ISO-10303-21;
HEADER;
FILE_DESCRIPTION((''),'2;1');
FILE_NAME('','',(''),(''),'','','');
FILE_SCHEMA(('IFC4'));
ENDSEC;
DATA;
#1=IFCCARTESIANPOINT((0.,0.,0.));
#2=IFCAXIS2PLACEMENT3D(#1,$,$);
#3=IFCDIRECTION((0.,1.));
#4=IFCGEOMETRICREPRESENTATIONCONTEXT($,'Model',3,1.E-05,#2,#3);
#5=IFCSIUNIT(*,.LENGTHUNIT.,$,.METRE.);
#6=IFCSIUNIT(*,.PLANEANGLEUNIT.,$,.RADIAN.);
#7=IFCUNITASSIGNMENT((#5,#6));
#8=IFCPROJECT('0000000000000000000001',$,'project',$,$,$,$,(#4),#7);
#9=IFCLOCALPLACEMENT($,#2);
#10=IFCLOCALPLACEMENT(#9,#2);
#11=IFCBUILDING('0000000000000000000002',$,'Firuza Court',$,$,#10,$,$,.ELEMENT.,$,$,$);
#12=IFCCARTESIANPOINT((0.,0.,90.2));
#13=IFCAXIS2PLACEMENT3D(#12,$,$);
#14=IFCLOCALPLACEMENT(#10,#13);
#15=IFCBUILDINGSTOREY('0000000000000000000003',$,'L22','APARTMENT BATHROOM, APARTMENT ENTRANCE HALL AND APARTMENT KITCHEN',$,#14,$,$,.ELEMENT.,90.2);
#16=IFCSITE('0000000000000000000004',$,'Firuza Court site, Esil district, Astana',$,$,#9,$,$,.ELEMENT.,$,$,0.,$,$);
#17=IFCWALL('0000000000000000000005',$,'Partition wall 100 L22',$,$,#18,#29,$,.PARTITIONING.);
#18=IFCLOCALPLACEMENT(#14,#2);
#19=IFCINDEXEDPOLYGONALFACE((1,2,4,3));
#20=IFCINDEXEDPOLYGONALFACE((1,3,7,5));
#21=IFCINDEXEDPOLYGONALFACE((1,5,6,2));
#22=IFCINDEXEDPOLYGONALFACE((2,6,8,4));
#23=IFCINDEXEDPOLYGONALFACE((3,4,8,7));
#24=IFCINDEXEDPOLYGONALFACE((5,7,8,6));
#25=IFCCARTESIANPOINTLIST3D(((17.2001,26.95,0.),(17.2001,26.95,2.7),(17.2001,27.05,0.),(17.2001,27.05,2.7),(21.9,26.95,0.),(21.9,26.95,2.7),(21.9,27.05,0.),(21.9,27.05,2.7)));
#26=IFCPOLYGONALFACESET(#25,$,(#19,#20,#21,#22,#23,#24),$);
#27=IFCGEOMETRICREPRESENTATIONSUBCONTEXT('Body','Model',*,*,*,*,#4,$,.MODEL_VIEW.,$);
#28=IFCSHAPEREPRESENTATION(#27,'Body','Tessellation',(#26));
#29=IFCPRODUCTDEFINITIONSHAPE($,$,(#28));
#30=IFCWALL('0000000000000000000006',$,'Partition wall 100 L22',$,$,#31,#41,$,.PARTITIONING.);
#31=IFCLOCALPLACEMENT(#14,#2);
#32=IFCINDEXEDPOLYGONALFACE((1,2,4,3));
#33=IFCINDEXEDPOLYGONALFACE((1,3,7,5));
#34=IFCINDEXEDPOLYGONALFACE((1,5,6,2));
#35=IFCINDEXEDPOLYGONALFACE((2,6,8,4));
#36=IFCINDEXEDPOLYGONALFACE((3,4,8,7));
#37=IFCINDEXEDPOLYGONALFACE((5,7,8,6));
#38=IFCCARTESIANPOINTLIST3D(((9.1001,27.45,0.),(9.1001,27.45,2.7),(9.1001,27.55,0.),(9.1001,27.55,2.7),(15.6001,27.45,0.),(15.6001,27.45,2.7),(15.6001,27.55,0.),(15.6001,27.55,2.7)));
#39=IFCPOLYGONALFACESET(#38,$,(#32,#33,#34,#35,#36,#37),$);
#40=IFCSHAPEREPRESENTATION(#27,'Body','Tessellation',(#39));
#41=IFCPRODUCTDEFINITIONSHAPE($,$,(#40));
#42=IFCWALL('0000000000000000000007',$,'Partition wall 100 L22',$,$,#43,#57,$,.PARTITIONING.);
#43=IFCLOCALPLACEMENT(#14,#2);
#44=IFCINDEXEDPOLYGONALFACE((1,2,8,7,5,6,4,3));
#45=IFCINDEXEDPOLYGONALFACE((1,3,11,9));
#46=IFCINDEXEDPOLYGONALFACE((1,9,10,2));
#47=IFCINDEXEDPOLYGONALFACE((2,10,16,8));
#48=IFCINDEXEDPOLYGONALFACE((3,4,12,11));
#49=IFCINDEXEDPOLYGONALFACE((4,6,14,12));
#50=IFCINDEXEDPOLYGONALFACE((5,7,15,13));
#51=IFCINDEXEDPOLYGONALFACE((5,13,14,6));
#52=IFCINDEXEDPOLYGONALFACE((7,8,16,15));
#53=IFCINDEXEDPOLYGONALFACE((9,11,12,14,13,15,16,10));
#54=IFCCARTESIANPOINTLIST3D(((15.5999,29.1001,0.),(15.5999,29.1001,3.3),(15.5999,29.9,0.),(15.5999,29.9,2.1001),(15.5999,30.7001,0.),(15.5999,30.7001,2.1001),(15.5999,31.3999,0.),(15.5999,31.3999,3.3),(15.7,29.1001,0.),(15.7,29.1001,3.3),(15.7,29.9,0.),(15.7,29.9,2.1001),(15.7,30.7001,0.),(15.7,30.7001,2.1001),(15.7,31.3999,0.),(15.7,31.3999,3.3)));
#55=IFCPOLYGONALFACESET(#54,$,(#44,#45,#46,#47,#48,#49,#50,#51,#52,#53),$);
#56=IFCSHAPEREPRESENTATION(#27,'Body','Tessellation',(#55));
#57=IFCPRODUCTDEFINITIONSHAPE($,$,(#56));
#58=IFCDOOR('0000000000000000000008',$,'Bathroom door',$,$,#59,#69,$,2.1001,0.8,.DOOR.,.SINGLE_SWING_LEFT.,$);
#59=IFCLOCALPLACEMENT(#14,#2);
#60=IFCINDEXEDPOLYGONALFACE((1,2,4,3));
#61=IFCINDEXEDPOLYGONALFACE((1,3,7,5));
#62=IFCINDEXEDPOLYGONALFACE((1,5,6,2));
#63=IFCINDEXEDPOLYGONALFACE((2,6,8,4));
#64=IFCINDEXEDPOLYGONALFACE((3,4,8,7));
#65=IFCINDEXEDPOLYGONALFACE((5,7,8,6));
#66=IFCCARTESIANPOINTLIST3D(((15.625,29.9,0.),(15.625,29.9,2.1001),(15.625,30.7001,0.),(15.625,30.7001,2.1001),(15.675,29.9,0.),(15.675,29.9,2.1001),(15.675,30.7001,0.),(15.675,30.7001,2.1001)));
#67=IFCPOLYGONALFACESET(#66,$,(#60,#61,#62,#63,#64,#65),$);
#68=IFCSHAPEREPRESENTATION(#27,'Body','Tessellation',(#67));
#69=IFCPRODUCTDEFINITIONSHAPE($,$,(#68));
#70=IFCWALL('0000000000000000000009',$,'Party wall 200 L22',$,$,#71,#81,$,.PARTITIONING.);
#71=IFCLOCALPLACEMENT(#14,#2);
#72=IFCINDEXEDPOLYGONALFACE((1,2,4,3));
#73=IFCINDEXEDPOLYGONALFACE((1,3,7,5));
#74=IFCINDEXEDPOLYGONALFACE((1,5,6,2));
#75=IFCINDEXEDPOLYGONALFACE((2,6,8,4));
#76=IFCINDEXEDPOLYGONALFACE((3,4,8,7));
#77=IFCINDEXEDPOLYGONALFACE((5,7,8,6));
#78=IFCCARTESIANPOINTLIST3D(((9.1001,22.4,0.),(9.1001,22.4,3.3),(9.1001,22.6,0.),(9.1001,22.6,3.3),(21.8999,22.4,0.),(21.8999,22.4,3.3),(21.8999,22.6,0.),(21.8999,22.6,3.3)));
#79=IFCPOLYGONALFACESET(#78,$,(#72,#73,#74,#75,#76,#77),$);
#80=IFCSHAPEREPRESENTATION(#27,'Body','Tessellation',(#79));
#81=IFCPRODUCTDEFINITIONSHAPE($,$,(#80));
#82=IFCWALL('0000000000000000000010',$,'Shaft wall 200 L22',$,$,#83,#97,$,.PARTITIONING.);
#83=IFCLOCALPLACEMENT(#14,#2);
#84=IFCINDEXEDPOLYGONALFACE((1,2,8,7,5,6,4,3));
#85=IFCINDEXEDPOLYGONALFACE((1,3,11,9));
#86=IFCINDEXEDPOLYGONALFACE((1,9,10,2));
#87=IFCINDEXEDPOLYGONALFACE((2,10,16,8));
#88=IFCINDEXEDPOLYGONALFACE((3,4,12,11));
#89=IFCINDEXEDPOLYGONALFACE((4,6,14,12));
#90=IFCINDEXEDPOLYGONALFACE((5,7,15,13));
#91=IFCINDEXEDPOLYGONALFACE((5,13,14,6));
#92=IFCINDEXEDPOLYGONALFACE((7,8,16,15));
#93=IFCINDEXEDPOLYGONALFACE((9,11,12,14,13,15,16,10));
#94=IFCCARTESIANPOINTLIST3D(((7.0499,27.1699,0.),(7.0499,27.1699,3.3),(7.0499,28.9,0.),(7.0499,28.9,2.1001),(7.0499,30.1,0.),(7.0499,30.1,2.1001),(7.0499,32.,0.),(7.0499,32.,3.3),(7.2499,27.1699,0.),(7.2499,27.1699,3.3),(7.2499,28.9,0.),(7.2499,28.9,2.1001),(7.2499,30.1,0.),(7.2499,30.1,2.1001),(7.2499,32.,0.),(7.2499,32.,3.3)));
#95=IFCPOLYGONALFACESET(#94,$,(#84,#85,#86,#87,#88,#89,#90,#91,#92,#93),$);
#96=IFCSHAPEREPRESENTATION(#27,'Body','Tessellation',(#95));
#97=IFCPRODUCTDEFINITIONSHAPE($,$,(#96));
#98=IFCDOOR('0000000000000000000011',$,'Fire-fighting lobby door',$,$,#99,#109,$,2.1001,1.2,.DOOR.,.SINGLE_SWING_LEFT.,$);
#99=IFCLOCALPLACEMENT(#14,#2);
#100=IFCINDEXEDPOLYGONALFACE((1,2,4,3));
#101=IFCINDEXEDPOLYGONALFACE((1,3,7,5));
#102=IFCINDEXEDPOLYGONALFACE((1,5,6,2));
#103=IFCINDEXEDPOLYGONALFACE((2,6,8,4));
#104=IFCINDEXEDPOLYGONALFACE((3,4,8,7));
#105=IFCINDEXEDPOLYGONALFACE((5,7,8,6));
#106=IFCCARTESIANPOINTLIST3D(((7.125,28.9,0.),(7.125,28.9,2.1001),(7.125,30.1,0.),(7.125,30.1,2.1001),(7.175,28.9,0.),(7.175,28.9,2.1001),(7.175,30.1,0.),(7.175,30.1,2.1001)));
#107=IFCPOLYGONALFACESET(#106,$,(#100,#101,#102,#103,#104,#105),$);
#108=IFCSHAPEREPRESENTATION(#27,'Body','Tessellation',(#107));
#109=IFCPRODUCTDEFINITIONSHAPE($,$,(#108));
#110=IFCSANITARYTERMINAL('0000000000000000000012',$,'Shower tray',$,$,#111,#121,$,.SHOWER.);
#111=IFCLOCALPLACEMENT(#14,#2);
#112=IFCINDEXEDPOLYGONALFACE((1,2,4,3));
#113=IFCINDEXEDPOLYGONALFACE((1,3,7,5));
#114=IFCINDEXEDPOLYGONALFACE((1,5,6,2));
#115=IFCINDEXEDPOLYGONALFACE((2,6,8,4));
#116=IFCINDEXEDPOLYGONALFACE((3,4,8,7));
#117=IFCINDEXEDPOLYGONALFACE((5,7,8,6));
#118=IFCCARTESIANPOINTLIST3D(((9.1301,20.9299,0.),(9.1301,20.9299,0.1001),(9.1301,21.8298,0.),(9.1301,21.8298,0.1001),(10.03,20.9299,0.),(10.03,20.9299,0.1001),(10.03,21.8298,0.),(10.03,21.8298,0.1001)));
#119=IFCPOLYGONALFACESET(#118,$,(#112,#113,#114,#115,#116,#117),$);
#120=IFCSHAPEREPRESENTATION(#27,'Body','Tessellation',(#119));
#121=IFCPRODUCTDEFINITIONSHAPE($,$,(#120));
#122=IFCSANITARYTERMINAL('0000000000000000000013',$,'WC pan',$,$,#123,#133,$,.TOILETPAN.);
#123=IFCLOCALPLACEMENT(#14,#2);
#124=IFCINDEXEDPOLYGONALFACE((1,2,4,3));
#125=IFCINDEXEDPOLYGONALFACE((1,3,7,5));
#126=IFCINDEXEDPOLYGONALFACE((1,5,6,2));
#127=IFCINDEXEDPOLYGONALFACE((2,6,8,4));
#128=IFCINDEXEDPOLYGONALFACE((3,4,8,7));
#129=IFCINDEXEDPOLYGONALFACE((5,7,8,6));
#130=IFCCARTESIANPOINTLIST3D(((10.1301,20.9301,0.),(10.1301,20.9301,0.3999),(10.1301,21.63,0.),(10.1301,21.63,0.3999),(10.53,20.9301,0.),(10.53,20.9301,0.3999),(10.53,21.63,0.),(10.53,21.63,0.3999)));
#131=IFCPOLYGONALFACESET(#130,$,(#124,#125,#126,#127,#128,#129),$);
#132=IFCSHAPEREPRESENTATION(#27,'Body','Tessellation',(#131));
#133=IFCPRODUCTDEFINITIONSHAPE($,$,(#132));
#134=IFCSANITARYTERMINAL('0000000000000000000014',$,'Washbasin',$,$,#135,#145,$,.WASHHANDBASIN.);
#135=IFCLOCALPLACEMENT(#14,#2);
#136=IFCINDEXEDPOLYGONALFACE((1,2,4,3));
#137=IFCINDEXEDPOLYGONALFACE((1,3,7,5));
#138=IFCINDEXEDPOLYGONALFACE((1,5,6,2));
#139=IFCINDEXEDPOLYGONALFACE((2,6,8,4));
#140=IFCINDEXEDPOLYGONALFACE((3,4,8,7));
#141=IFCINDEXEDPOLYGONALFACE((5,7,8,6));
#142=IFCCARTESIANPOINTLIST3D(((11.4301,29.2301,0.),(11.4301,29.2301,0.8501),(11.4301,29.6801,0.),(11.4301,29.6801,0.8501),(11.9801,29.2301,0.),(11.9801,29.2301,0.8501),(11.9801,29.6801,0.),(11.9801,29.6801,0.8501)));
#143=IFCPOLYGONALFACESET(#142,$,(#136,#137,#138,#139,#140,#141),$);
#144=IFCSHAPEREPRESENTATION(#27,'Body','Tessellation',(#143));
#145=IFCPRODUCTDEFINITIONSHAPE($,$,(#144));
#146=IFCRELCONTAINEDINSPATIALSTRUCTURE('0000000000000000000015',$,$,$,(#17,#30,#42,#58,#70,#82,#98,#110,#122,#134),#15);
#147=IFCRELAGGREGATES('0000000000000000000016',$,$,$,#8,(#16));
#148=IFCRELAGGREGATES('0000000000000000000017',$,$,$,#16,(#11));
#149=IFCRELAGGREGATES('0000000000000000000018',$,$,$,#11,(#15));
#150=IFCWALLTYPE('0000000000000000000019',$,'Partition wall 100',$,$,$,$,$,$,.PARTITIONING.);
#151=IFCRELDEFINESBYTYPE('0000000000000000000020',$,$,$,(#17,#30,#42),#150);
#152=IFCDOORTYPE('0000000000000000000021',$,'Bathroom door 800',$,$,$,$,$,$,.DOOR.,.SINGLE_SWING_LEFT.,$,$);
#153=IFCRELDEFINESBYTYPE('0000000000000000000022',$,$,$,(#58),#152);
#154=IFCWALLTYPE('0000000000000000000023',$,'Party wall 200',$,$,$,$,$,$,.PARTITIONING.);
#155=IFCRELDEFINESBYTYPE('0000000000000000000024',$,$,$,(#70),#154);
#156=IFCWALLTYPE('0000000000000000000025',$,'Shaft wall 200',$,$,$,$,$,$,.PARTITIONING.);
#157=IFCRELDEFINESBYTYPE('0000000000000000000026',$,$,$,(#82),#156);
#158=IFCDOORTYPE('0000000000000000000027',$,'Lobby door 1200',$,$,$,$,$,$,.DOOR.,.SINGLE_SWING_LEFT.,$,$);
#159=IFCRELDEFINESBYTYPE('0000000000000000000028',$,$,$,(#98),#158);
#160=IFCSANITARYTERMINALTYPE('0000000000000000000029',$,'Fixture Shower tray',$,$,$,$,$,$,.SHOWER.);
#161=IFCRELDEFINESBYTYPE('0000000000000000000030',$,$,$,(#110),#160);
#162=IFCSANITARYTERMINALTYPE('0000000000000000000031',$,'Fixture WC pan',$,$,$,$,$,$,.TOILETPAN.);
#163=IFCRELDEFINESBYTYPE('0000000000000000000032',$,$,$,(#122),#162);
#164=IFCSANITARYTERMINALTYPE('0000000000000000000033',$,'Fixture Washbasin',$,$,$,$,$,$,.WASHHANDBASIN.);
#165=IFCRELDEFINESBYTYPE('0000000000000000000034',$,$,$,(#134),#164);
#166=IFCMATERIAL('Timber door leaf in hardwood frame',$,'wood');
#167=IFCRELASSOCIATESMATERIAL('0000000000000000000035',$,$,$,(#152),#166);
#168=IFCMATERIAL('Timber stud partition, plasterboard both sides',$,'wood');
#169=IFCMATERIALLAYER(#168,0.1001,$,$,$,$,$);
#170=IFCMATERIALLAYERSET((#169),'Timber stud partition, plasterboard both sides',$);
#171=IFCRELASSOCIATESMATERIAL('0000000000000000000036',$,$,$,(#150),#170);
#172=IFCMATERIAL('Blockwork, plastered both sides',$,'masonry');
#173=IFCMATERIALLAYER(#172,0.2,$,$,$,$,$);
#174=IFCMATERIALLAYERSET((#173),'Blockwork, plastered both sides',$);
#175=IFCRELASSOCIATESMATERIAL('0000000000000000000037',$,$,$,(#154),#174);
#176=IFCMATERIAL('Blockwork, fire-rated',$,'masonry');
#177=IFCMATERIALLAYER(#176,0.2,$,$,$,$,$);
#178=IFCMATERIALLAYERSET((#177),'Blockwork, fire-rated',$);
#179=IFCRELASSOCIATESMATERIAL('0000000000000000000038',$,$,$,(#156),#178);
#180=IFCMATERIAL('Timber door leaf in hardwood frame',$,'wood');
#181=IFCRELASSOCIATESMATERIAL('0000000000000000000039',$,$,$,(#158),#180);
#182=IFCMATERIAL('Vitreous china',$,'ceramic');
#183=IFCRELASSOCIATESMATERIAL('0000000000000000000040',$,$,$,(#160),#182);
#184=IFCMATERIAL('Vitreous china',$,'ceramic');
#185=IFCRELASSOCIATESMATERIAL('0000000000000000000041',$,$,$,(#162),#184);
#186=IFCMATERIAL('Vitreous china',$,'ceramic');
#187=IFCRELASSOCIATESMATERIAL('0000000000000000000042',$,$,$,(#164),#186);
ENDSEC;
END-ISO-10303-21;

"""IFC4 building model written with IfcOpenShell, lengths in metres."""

from ifc_helpers import new_model, si_unit, direction, frame, frame_2d, origin, origin_2d, place, context, subcontext, project, spatial, rectangle, extrude, material, layer, layer_set, type_object, element, fill, save


model = new_model("IFC4")

# Units and contexts
model_context = context("Model", 3, precision=1e-05, world=origin(), true_north=direction((0.0, 1.0)))
body_context = subcontext(model_context, "Body", "Model", "MODEL_VIEW")
ifc_project = project(units=[si_unit("LENGTHUNIT", "METRE"), si_unit("PLANEANGLEUNIT", "RADIAN")], contexts=[model_context])

# Site, building, storey
site_placement = place(None, origin())
site = spatial("IfcSite", under=ifc_project, at=site_placement, Name="Firuza Court site, Esil district, Astana", CompositionType="ELEMENT", RefElevation=0.0)
building_placement = place(site_placement, origin())
building = spatial("IfcBuilding", under=site, at=building_placement, Name="Firuza Court", CompositionType="ELEMENT")
storey_placement = place(building_placement, frame((0.0, 0.0, 90.2)))
storey = spatial("IfcBuildingStorey", under=building, at=storey_placement, Name="L22", Description="APARTMENT BATHROOM, APARTMENT ENTRANCE HALL AND APARTMENT KITCHEN", CompositionType="ELEMENT", Elevation=90.2)

# Shared definitions
ifc_material_1 = material(Name="Timber door leaf in hardwood frame", Category="wood")
door_type_1 = type_object("IfcDoorType", Name="Bathroom door 800", OperationType="SINGLE_SWING_LEFT", PredefinedType="DOOR", material=ifc_material_1)
ifc_material_2 = material(Name="Timber stud partition, plasterboard both sides", Category="wood")
ifc_layer_1 = layer(ifc_material_2, 0.1001)
ifc_layer_set_1 = layer_set([ifc_layer_1], Name="Timber stud partition, plasterboard both sides")
wall_type_1 = type_object("IfcWallType", Name="Partition wall 100", PredefinedType="PARTITIONING", material=ifc_layer_set_1)

# Walls
wall_1_placement = place(storey_placement, frame((17.2, 27.0, 0.0), z_axis=(0.0, 0.0, 1.0), x_axis=(1.0, 0.0, 0.0)))
element("IfcWall", 1, at=wall_1_placement, inside=storey, type_object=wall_type_1, Name="Partition wall 100 L22", PredefinedType="PARTITIONING", context=body_context, shape_type="SweptSolid", body=[
    extrude(rectangle(XDim=4.7, YDim=0.1001, at=frame_2d((2.3501, 0.0))), origin(), (0.0, 0.0, 1.0), 2.7),
])
wall_2_placement = place(storey_placement, frame((9.1001, 27.5, 0.0), z_axis=(0.0, 0.0, 1.0), x_axis=(1.0, 0.0, 0.0)))
element("IfcWall", 2, at=wall_2_placement, inside=storey, type_object=wall_type_1, Name="Partition wall 100 L22", PredefinedType="PARTITIONING", context=body_context, shape_type="SweptSolid", body=[
    extrude(rectangle(XDim=6.5, YDim=0.1001, at=frame_2d((3.25, 0.0))), origin(), (0.0, 0.0, 1.0), 2.7),
])

# Wall, opening, door
wall_3_placement = place(storey_placement, frame((15.6499, 29.1001, 0.0), z_axis=(0.0, 0.0, 1.0), x_axis=(0.0, 1.0, 0.0)))
wall_3 = element("IfcWall", 3, at=wall_3_placement, inside=storey, type_object=wall_type_1, Name="Partition wall 100 L22", PredefinedType="PARTITIONING", context=body_context, shape_type="SweptSolid", body=[
    extrude(rectangle(XDim=2.2998, YDim=0.1001, at=frame_2d((1.1499, 0.0))), origin(), (0.0, 0.0, 1.0), 3.3),
])
opening_1_placement = place(wall_3_placement, frame((0.8, 0.0, 0.0)))
opening_1 = element("IfcOpeningElement", 4, at=opening_1_placement, cuts=wall_3, PredefinedType="OPENING", context=body_context, shape_type="SweptSolid", body=[
    extrude(rectangle(XDim=0.8, YDim=2.1001, at=frame_2d((0.3999, 1.05))), frame((0.0, 0.062, 0.0), z_axis=(0.0, -1.0, 0.0), x_axis=(1.0, 0.0, 0.0)), (0.0, 0.0, 1.0), 0.124),
])
door_1_placement = place(opening_1_placement, origin())
door_1 = element("IfcDoor", 5, at=door_1_placement, inside=storey, type_object=door_type_1, Name="Bathroom door", OperationType="SINGLE_SWING_LEFT", OverallHeight=2.1001, OverallWidth=0.8, PredefinedType="DOOR", context=body_context, shape_type="SweptSolid", body=[
    extrude(rectangle(XDim=0.8, YDim=2.1001, at=frame_2d((0.3999, 1.05))), frame((0.0, 0.0249, 0.0), z_axis=(0.0, -1.0, 0.0), x_axis=(1.0, 0.0, 0.0)), (0.0, 0.0, 1.0), 0.05),
])
fill(opening_1, door_1)

# Wall
ifc_material_3 = material(Name="Blockwork, plastered both sides", Category="masonry")
ifc_layer_2 = layer(ifc_material_3, 0.2)
ifc_layer_set_2 = layer_set([ifc_layer_2], Name="Blockwork, plastered both sides")
wall_type_2 = type_object("IfcWallType", Name="Party wall 200", PredefinedType="PARTITIONING", material=ifc_layer_set_2)
wall_4_placement = place(storey_placement, frame((9.1001, 22.5, 0.0), z_axis=(0.0, 0.0, 1.0), x_axis=(1.0, 0.0, 0.0)))
element("IfcWall", 6, at=wall_4_placement, inside=storey, type_object=wall_type_2, Name="Party wall 200 L22", PredefinedType="PARTITIONING", context=body_context, shape_type="SweptSolid", body=[
    extrude(rectangle(XDim=12.7998, YDim=0.2, at=frame_2d((6.3999, 0.0))), origin(), (0.0, 0.0, 1.0), 3.3),
])

# Wall, opening, door
ifc_material_4 = material(Name="Blockwork, fire-rated", Category="masonry")
ifc_layer_3 = layer(ifc_material_4, 0.2)
ifc_layer_set_3 = layer_set([ifc_layer_3], Name="Blockwork, fire-rated")
wall_type_3 = type_object("IfcWallType", Name="Shaft wall 200", PredefinedType="PARTITIONING", material=ifc_layer_set_3)
wall_5_placement = place(storey_placement, frame((7.1499, 27.1699, 0.0), z_axis=(0.0, 0.0, 1.0), x_axis=(0.0, 1.0, 0.0)))
wall_5 = element("IfcWall", 7, at=wall_5_placement, inside=storey, type_object=wall_type_3, Name="Shaft wall 200 L22", PredefinedType="PARTITIONING", context=body_context, shape_type="SweptSolid", body=[
    extrude(rectangle(XDim=4.8301, YDim=0.2, at=frame_2d((2.415, 0.0))), origin(), (0.0, 0.0, 1.0), 3.3),
])
opening_2_placement = place(wall_5_placement, frame((1.73, 0.0, 0.0)))
opening_2 = element("IfcOpeningElement", 8, at=opening_2_placement, cuts=wall_5, PredefinedType="OPENING", context=body_context, shape_type="SweptSolid", body=[
    extrude(rectangle(XDim=1.2, YDim=2.1001, at=frame_2d((0.6001, 1.05))), frame((0.0, 0.1118, 0.0), z_axis=(0.0, -1.0, 0.0), x_axis=(1.0, 0.0, 0.0)), (0.0, 0.0, 1.0), 0.2239),
])
ifc_material_5 = material(Name="Timber door leaf in hardwood frame", Category="wood")
door_type_2 = type_object("IfcDoorType", Name="Lobby door 1200", OperationType="SINGLE_SWING_LEFT", PredefinedType="DOOR", material=ifc_material_5)
door_2_placement = place(opening_2_placement, origin())
door_2 = element("IfcDoor", 9, at=door_2_placement, inside=storey, type_object=door_type_2, Name="Fire-fighting lobby door", OperationType="SINGLE_SWING_LEFT", OverallHeight=2.1001, OverallWidth=1.2, PredefinedType="DOOR", context=body_context, shape_type="SweptSolid", body=[
    extrude(rectangle(XDim=1.2, YDim=2.1001, at=frame_2d((0.6001, 1.05))), frame((0.0, 0.0249, 0.0), z_axis=(0.0, -1.0, 0.0), x_axis=(1.0, 0.0, 0.0)), (0.0, 0.0, 1.0), 0.05),
])
fill(opening_2, door_2)

# Sanitary terminals
ifc_material_6 = material(Name="Vitreous china", Category="ceramic")
sanitary_terminal_type_1 = type_object("IfcSanitaryTerminalType", Name="Fixture Shower tray", PredefinedType="SHOWER", material=ifc_material_6)
sanitary_terminal_1_placement = place(storey_placement, frame((9.5801, 21.3799, 0.0), z_axis=(0.0, 0.0, 1.0), x_axis=(1.0, 0.0, 0.0)))
element("IfcSanitaryTerminal", 10, at=sanitary_terminal_1_placement, inside=storey, type_object=sanitary_terminal_type_1, Name="Shower tray", PredefinedType="SHOWER", context=body_context, shape_type="SweptSolid", body=[
    extrude(rectangle(XDim=0.8999, YDim=0.8999, at=origin_2d()), origin(), (0.0, 0.0, 1.0), 0.1001),
])
ifc_material_7 = material(Name="Vitreous china", Category="ceramic")
sanitary_terminal_type_2 = type_object("IfcSanitaryTerminalType", Name="Fixture WC pan", PredefinedType="TOILETPAN", material=ifc_material_7)
sanitary_terminal_2_placement = place(storey_placement, frame((10.3301, 21.28, 0.0), z_axis=(0.0, 0.0, 1.0), x_axis=(1.0, 0.0, 0.0)))
element("IfcSanitaryTerminal", 11, at=sanitary_terminal_2_placement, inside=storey, type_object=sanitary_terminal_type_2, Name="WC pan", PredefinedType="TOILETPAN", context=body_context, shape_type="SweptSolid", body=[
    extrude(rectangle(XDim=0.3999, YDim=0.7, at=origin_2d()), origin(), (0.0, 0.0, 1.0), 0.3999),
])
ifc_material_8 = material(Name="Vitreous china", Category="ceramic")
sanitary_terminal_type_3 = type_object("IfcSanitaryTerminalType", Name="Fixture Washbasin", PredefinedType="WASHHANDBASIN", material=ifc_material_8)
sanitary_terminal_3_placement = place(storey_placement, frame((11.7051, 29.4551, 0.0), z_axis=(0.0, 0.0, 1.0), x_axis=(1.0, 0.0, 0.0)))
element("IfcSanitaryTerminal", 12, at=sanitary_terminal_3_placement, inside=storey, type_object=sanitary_terminal_type_3, Name="Washbasin", PredefinedType="WASHHANDBASIN", context=body_context, shape_type="SweptSolid", body=[
    extrude(rectangle(XDim=0.55, YDim=0.45, at=origin_2d()), origin(), (0.0, 0.0, 1.0), 0.8501),
])

save(model, "model.ifc")
